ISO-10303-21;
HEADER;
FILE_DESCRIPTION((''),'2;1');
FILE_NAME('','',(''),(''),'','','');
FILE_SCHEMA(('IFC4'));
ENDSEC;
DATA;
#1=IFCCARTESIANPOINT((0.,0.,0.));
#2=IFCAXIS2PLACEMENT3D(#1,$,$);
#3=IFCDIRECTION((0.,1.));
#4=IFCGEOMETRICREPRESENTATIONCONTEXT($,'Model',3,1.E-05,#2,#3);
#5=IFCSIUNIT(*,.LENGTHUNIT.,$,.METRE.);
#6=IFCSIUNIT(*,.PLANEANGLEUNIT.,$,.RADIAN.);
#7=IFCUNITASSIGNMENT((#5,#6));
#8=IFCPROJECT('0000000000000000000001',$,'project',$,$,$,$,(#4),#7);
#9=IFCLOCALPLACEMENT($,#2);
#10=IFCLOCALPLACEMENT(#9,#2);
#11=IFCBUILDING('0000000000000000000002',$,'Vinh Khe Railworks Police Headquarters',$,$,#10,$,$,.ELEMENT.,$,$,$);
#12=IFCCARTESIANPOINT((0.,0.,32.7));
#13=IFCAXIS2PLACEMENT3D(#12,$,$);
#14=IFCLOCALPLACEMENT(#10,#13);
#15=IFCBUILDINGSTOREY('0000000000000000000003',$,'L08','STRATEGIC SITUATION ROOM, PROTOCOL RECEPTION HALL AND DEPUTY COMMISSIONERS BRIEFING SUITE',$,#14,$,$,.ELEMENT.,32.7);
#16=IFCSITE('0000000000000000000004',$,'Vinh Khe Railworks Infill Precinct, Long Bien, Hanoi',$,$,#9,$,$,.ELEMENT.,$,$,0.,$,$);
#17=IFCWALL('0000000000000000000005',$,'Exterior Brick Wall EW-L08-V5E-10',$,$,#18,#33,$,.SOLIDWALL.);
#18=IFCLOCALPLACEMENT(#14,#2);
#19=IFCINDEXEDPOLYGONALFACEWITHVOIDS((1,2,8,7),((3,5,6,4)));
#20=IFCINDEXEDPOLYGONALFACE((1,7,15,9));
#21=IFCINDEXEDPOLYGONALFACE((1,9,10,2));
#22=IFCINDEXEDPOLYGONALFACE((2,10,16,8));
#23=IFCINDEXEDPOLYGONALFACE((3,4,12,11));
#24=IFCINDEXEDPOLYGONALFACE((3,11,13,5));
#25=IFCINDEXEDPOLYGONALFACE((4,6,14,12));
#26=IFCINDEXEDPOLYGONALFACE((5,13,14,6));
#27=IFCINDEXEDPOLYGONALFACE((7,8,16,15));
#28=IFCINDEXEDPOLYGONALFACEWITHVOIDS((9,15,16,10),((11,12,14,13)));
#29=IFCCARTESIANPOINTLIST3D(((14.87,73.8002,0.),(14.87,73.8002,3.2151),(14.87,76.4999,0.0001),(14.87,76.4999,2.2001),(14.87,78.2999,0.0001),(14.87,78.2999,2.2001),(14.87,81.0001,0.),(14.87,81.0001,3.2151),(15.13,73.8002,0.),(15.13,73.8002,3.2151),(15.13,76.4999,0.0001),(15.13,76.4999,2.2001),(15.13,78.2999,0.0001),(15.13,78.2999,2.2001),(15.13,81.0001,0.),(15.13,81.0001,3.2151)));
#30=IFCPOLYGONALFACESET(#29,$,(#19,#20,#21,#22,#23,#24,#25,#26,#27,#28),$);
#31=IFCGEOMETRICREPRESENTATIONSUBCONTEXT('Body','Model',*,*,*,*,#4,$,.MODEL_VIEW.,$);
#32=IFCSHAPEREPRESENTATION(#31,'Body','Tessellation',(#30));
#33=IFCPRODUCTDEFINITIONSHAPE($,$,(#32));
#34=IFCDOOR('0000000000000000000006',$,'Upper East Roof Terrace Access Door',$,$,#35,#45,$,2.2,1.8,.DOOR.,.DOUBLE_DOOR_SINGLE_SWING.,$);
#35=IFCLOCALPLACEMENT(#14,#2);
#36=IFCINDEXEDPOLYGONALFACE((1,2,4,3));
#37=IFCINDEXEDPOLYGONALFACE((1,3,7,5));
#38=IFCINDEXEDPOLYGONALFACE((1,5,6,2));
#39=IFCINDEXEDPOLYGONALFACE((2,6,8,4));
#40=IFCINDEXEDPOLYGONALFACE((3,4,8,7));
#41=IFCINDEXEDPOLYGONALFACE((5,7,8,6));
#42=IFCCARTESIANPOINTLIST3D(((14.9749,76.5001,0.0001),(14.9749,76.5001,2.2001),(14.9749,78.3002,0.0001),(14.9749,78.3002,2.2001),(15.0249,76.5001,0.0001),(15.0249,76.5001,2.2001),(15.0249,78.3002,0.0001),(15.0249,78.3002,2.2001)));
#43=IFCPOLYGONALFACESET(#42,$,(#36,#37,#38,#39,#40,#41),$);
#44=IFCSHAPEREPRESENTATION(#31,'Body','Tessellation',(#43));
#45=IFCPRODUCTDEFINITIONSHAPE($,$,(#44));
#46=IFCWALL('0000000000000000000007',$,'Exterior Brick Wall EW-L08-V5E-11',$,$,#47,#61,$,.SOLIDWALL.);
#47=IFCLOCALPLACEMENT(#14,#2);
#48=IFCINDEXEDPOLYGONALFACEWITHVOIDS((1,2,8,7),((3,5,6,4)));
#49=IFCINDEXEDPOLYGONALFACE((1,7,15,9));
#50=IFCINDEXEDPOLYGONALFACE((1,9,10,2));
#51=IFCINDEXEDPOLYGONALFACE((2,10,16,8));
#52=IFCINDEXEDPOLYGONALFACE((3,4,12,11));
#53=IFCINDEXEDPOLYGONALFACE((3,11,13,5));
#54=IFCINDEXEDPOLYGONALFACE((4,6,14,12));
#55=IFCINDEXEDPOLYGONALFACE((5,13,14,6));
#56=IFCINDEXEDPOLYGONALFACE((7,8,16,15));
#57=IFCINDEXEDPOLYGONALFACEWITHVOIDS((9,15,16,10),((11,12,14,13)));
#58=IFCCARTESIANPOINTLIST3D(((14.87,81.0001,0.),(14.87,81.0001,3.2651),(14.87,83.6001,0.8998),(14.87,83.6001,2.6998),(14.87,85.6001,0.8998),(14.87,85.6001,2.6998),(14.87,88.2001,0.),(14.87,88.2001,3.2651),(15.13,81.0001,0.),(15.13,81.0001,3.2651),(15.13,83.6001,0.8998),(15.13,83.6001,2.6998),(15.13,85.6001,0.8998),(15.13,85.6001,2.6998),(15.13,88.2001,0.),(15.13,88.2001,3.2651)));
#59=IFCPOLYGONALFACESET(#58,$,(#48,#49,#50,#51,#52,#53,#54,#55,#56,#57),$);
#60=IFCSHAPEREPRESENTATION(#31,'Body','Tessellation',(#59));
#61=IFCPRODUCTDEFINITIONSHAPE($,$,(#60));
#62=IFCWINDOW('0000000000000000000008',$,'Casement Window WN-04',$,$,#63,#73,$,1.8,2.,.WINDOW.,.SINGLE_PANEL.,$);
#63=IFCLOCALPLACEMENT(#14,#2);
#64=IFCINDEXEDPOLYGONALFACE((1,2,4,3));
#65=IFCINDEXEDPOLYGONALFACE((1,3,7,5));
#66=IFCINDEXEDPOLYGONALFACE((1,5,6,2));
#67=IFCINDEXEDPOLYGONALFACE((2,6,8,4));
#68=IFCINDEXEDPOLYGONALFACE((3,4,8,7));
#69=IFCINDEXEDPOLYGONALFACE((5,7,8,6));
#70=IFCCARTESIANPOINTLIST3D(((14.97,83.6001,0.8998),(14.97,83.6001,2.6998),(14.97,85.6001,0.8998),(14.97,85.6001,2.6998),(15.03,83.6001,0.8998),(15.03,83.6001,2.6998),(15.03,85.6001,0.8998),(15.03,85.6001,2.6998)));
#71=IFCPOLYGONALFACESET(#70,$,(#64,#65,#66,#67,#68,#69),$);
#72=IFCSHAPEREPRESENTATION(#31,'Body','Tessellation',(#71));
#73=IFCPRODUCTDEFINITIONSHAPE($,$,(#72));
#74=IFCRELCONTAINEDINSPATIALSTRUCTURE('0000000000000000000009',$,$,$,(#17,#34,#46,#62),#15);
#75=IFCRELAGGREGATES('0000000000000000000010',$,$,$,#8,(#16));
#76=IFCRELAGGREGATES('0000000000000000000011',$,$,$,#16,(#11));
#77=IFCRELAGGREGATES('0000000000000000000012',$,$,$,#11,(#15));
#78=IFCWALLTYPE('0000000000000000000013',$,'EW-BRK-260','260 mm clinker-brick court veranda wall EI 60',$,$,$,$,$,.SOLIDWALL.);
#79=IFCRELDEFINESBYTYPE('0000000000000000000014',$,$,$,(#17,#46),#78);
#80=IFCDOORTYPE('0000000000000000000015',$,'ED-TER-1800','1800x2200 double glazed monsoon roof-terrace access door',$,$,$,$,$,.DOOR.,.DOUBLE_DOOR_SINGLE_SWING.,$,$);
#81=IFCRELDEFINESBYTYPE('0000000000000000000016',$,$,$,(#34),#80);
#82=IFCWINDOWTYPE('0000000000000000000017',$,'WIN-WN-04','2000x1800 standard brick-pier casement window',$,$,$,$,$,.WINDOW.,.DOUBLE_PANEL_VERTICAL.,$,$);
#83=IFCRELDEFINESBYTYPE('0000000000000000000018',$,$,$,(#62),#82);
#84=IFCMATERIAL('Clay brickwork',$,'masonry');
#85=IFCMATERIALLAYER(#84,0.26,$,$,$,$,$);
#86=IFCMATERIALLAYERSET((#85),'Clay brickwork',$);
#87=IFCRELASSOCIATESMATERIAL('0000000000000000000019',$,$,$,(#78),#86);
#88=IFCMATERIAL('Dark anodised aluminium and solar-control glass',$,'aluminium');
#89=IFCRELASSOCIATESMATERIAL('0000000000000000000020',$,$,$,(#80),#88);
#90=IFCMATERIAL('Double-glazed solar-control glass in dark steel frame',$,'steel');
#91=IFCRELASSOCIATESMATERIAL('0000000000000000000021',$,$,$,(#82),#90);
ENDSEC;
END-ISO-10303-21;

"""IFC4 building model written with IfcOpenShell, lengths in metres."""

from ifc_helpers import new_model, si_unit, direction, frame, frame_2d, origin, place, context, subcontext, project, spatial, rectangle, extrude, material, layer, layer_set, type_object, element, fill, save


model = new_model("IFC4")

# Units and contexts
model_context = context("Model", 3, precision=1e-05, world=origin(), true_north=direction((0.0, 1.0)))
body_context = subcontext(model_context, "Body", "Model", "MODEL_VIEW")
ifc_project = project(units=[si_unit("LENGTHUNIT", "METRE"), si_unit("PLANEANGLEUNIT", "RADIAN")], contexts=[model_context])

# Site, building, storey
site_placement = place(None, origin())
site = spatial("IfcSite", under=ifc_project, at=site_placement, Name="Vinh Khe Railworks Infill Precinct, Long Bien, Hanoi", CompositionType="ELEMENT", RefElevation=0.0)
building_placement = place(site_placement, origin())
building = spatial("IfcBuilding", under=site, at=building_placement, Name="Vinh Khe Railworks Police Headquarters", CompositionType="ELEMENT")
storey_placement = place(building_placement, frame((0.0, 0.0, 32.7)))
storey = spatial("IfcBuildingStorey", under=building, at=storey_placement, Name="L08", Description="STRATEGIC SITUATION ROOM, PROTOCOL RECEPTION HALL AND DEPUTY COMMISSIONERS BRIEFING SUITE", CompositionType="ELEMENT", Elevation=32.7)

# Wall, opening, door
ifc_material_1 = material(Name="Clay brickwork", Category="masonry")
ifc_layer = layer(ifc_material_1, 0.26)
ifc_layer_set = layer_set([ifc_layer], Name="Clay brickwork")
wall_type = type_object("IfcWallType", Name="EW-BRK-260", Description="260 mm clinker-brick court veranda wall EI 60", PredefinedType="SOLIDWALL", material=ifc_layer_set)
wall_1_placement = place(storey_placement, frame((15.0, 73.8, 0.0), z_axis=(0.0, 0.0, 1.0), x_axis=(0.0, 1.0, 0.0)))
wall_1 = element("IfcWall", 1, at=wall_1_placement, inside=storey, type_object=wall_type, Name="Exterior Brick Wall EW-L08-V5E-10", PredefinedType="SOLIDWALL", context=body_context, shape_type="SweptSolid", body=[
    extrude(rectangle(XDim=7.2, YDim=0.26, at=frame_2d((3.6001, 0.0))), origin(), (0.0, 0.0, 1.0), 3.2151),
])
opening_1_placement = place(wall_1_placement, frame((2.7, 0.0, 0.0)))
opening_1 = element("IfcOpeningElement", 2, at=opening_1_placement, cuts=wall_1, PredefinedType="OPENING", context=body_context, shape_type="SweptSolid", body=[
    extrude(rectangle(XDim=1.8, YDim=2.2, at=frame_2d((0.8999, 1.1001))), frame((0.0, 0.145, 0.0), z_axis=(0.0, -1.0, 0.0), x_axis=(1.0, 0.0, 0.0)), (0.0, 0.0, 1.0), 0.2898),
])
ifc_material_2 = material(Name="Dark anodised aluminium and solar-control glass", Category="aluminium")
door_type = type_object("IfcDoorType", Name="ED-TER-1800", Description="1800x2200 double glazed monsoon roof-terrace access door", OperationType="DOUBLE_DOOR_SINGLE_SWING", PredefinedType="DOOR", material=ifc_material_2)
door_placement = place(opening_1_placement, frame((1.8, 0.0, 0.0), z_axis=(0.0, 0.0, 1.0), x_axis=(-1.0, 0.0, 0.0)))
door = element("IfcDoor", 3, at=door_placement, inside=storey, type_object=door_type, Name="Upper East Roof Terrace Access Door", OperationType="DOUBLE_DOOR_SINGLE_SWING", OverallHeight=2.2, OverallWidth=1.8, PredefinedType="DOOR", context=body_context, shape_type="SweptSolid", body=[
    extrude(rectangle(XDim=1.8, YDim=2.2, at=frame_2d((0.8999, 1.1001))), frame((0.0, 0.0249, 0.0), z_axis=(0.0, -1.0, 0.0), x_axis=(1.0, 0.0, 0.0)), (0.0, 0.0, 1.0), 0.05),
])
fill(opening_1, door)

# Wall, opening, window
wall_2_placement = place(storey_placement, frame((15.0, 81.0, 0.0), z_axis=(0.0, 0.0, 1.0), x_axis=(0.0, 1.0, 0.0)))
wall_2 = element("IfcWall", 4, at=wall_2_placement, inside=storey, type_object=wall_type, Name="Exterior Brick Wall EW-L08-V5E-11", PredefinedType="SOLIDWALL", context=body_context, shape_type="SweptSolid", body=[
    extrude(rectangle(XDim=7.2, YDim=0.26, at=frame_2d((3.6001, 0.0))), origin(), (0.0, 0.0, 1.0), 3.2651),
])
opening_2_placement = place(wall_2_placement, frame((2.6001, 0.0, 0.8999)))
opening_2 = element("IfcOpeningElement", 5, at=opening_2_placement, cuts=wall_2, PredefinedType="OPENING", context=body_context, shape_type="SweptSolid", body=[
    extrude(rectangle(XDim=2.0, YDim=1.8, at=frame_2d((1.0, 0.8999))), frame((0.0, 0.145, 0.0), z_axis=(0.0, -1.0, 0.0), x_axis=(1.0, 0.0, 0.0)), (0.0, 0.0, 1.0), 0.2898),
])
ifc_material_3 = material(Name="Double-glazed solar-control glass in dark steel frame", Category="steel")
window_type = type_object("IfcWindowType", Name="WIN-WN-04", Description="2000x1800 standard brick-pier casement window", PartitioningType="DOUBLE_PANEL_VERTICAL", PredefinedType="WINDOW", material=ifc_material_3)
window_placement = place(opening_2_placement, origin())
window = element("IfcWindow", 6, at=window_placement, inside=storey, type_object=window_type, Name="Casement Window WN-04", OverallHeight=1.8, OverallWidth=2.0, PartitioningType="SINGLE_PANEL", PredefinedType="WINDOW", context=body_context, shape_type="SweptSolid", body=[
    extrude(rectangle(XDim=2.0, YDim=1.8, at=frame_2d((1.0, 0.8999))), frame((0.0, 0.03, 0.0), z_axis=(0.0, -1.0, 0.0), x_axis=(1.0, 0.0, 0.0)), (0.0, 0.0, 1.0), 0.0601),
])
fill(opening_2, window)

save(model, "model.ifc")
